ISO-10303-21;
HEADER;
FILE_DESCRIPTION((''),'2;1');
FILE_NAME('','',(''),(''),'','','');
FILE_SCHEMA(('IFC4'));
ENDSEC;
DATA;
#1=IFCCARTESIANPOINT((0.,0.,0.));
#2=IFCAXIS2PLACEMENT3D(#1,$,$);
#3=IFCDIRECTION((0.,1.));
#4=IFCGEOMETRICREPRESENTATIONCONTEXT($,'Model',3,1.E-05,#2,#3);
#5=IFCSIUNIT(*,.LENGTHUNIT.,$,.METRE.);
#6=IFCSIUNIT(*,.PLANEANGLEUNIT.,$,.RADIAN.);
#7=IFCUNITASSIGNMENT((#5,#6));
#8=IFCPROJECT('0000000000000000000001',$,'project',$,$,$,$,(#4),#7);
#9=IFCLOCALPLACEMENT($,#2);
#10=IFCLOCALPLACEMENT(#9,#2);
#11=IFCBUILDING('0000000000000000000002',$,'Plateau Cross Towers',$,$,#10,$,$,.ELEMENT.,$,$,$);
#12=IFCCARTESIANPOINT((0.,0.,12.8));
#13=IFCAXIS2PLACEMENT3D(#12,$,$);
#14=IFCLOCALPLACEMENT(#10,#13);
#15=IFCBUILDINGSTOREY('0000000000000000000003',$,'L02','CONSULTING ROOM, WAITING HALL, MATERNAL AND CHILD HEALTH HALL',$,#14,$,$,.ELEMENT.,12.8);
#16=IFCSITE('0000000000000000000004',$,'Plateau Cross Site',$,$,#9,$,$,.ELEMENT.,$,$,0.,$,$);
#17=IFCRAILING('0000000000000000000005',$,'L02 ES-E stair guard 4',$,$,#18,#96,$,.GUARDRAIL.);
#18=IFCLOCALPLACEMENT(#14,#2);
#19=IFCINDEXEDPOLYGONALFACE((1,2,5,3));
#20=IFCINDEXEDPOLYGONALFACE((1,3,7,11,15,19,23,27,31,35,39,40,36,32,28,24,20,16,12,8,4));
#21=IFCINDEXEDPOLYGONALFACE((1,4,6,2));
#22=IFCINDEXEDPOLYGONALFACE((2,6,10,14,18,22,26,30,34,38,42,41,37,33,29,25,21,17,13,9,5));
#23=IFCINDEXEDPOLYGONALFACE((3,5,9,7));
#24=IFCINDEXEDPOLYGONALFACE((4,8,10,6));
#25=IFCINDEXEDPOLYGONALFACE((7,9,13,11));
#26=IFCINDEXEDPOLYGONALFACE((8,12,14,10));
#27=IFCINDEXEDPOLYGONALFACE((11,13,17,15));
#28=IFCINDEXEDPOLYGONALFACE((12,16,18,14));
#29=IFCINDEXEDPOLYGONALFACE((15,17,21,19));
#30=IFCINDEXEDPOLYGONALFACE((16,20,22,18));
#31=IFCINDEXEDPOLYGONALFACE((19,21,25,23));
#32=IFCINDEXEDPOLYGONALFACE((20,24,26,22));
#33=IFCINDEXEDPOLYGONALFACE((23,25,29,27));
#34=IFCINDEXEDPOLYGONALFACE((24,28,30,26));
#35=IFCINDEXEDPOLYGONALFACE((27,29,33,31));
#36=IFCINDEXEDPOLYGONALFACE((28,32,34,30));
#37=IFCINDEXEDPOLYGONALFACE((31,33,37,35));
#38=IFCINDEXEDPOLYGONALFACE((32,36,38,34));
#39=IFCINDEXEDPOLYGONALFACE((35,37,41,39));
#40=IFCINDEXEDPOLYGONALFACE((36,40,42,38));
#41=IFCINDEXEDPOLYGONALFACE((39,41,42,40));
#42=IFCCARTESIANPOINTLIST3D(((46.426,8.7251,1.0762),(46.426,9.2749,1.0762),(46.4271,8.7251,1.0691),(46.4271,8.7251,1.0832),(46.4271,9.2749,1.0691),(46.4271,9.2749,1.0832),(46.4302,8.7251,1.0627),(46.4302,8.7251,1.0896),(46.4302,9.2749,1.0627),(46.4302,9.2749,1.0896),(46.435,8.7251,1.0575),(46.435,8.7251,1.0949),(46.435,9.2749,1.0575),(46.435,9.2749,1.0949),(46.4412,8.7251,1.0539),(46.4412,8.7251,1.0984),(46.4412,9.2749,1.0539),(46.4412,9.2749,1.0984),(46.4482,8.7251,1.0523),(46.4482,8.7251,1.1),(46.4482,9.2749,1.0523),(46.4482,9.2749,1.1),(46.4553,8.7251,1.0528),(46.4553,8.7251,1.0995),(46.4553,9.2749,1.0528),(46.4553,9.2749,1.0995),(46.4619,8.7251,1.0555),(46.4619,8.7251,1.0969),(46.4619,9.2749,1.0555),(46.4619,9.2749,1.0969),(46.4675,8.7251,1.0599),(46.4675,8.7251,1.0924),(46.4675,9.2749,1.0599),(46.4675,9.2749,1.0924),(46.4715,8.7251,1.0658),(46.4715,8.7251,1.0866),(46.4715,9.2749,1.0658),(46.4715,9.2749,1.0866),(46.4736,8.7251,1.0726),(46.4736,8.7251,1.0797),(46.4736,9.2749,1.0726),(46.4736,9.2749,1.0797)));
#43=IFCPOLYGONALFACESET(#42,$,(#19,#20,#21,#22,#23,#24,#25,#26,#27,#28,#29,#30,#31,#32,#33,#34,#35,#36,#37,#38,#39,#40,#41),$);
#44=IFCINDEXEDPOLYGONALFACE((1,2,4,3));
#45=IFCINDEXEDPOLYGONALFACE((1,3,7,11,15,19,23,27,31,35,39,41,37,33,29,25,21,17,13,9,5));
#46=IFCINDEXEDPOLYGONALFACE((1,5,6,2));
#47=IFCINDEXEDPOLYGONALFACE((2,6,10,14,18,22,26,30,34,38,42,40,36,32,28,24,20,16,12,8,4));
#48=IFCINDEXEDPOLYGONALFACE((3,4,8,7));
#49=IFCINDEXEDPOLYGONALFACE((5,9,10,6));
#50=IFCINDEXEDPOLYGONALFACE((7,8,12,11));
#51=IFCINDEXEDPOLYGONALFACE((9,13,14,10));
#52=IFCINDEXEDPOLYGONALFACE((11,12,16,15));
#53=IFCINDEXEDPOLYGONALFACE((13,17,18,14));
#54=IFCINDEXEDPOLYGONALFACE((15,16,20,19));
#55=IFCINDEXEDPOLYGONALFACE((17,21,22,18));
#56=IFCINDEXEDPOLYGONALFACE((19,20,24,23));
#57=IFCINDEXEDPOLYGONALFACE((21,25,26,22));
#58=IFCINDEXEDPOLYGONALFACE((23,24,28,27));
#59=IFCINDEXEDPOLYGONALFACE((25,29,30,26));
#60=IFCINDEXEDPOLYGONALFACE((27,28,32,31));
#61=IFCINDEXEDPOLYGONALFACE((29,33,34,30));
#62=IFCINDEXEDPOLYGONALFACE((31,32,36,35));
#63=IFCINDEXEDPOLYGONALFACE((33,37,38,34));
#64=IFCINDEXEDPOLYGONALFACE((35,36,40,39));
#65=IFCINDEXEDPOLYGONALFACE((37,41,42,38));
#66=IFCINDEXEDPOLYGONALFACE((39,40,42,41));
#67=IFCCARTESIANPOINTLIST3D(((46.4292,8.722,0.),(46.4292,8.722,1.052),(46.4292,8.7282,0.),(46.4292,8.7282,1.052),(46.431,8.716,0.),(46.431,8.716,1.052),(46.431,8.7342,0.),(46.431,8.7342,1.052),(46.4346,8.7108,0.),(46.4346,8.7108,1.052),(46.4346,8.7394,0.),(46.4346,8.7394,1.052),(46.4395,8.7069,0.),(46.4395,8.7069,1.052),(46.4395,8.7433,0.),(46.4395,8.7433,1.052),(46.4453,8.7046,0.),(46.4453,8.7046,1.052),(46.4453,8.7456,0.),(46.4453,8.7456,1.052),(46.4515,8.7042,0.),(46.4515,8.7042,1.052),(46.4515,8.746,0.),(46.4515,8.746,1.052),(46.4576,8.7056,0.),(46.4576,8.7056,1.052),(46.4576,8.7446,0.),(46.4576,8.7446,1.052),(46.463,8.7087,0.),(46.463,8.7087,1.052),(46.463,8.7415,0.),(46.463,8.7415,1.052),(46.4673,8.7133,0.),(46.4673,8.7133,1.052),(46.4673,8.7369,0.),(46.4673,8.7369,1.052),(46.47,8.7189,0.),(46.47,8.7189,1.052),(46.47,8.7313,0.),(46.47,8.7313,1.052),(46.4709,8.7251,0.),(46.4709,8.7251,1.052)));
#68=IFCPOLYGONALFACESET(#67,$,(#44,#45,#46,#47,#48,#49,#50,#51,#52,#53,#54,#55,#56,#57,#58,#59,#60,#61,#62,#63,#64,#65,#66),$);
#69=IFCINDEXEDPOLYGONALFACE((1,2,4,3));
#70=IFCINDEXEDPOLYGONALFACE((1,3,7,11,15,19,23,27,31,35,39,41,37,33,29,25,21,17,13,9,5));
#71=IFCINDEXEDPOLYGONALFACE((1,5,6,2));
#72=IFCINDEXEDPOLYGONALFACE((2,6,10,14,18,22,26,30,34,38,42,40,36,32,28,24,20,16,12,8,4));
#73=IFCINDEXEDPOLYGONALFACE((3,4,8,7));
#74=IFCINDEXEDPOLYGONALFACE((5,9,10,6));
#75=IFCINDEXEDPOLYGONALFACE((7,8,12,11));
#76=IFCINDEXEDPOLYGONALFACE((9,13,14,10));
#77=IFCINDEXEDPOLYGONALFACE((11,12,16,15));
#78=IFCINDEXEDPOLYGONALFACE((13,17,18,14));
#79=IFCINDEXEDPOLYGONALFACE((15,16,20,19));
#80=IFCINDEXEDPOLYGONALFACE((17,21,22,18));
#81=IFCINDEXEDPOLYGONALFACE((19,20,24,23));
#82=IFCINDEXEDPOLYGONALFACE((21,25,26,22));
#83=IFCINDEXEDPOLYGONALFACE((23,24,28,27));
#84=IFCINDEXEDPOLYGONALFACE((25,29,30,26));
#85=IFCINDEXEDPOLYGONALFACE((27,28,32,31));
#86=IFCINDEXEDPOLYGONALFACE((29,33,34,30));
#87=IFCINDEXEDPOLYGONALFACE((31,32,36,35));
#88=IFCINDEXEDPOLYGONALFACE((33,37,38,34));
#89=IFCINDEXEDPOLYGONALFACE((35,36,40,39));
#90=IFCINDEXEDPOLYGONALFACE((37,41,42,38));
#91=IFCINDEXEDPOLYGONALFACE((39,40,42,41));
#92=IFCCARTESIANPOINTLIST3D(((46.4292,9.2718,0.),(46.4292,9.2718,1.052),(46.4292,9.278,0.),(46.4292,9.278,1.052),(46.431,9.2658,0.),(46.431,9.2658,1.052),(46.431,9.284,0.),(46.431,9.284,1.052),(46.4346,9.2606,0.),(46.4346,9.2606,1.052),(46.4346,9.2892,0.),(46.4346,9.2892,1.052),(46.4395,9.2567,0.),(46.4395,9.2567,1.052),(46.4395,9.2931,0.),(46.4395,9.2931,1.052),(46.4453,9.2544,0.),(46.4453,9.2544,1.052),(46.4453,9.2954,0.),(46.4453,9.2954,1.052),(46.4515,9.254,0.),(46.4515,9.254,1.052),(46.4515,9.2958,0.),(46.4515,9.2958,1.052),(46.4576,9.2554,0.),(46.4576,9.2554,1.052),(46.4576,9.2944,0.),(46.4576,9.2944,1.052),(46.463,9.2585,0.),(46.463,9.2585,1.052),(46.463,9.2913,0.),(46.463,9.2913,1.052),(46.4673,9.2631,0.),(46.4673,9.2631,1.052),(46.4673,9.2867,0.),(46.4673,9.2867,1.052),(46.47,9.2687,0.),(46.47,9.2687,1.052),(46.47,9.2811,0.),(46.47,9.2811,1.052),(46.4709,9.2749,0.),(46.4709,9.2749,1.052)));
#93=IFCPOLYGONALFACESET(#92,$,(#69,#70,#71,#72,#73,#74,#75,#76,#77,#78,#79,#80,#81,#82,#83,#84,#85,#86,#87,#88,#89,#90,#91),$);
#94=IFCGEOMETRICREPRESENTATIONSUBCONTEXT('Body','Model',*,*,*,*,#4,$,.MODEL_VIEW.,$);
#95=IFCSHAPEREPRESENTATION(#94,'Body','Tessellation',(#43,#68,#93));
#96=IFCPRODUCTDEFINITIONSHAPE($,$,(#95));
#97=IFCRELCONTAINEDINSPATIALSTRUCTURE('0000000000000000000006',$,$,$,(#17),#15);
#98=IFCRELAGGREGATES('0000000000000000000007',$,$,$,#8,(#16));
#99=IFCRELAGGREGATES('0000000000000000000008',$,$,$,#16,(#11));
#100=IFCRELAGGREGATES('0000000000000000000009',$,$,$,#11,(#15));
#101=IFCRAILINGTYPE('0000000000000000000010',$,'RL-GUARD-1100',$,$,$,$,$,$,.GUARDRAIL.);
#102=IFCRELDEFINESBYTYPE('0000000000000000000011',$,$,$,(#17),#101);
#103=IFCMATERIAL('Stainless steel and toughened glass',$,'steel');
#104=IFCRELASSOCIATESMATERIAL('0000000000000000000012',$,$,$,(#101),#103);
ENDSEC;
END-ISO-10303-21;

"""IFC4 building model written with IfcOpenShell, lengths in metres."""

from ifc_helpers import new_model, si_unit, direction, frame, origin, origin_2d, place, context, subcontext, project, spatial, circle, extrude, material, type_object, element, save


model = new_model("IFC4")

# Units and contexts
model_context = context("Model", 3, precision=1e-05, world=origin(), true_north=direction((0.0, 1.0)))
body_context = subcontext(model_context, "Body", "Model", "MODEL_VIEW")
ifc_project = project(units=[si_unit("LENGTHUNIT", "METRE"), si_unit("PLANEANGLEUNIT", "RADIAN")], contexts=[model_context])

# Site, building, storey
site_placement = place(None, origin())
site = spatial("IfcSite", under=ifc_project, at=site_placement, Name="Plateau Cross Site", CompositionType="ELEMENT", RefElevation=0.0)
building_placement = place(site_placement, origin())
building = spatial("IfcBuilding", under=site, at=building_placement, Name="Plateau Cross Towers", CompositionType="ELEMENT")
storey_placement = place(building_placement, frame((0.0, 0.0, 12.8)))
storey = spatial("IfcBuildingStorey", under=building, at=storey_placement, Name="L02", Description="CONSULTING ROOM, WAITING HALL, MATERNAL AND CHILD HEALTH HALL", CompositionType="ELEMENT", Elevation=12.8)

# Railing
ifc_material_1 = material(Name="Stainless steel and toughened glass", Category="steel")
railing_type_1 = type_object("IfcRailingType", Name="RL-GUARD-1100", PredefinedType="GUARDRAIL", material=ifc_material_1)
railing_1_placement = place(storey_placement, frame((46.45, 8.7251, 0.0)))
element("IfcRailing", 1, at=railing_1_placement, inside=storey, type_object=railing_type_1, Name="L02 ES-E stair guard 4", PredefinedType="GUARDRAIL", context=body_context, shape_type="SweptSolid", body=[
    extrude(circle(Radius=0.0239, at=origin_2d()), frame((0.0, 0.0, 1.0762), z_axis=(0.0, 1.0, 0.0), x_axis=(-1.0, 0.0, 0.0)), (0.0, 0.0, 1.0), 0.5498),
    extrude(circle(Radius=0.021, at=origin_2d()), origin(), (0.0, 0.0, 1.0), 1.052),
    extrude(circle(Radius=0.021, at=origin_2d()), frame((0.0, 0.5498, 0.0)), (0.0, 0.0, 1.0), 1.052),
])

save(model, "model.ifc")
